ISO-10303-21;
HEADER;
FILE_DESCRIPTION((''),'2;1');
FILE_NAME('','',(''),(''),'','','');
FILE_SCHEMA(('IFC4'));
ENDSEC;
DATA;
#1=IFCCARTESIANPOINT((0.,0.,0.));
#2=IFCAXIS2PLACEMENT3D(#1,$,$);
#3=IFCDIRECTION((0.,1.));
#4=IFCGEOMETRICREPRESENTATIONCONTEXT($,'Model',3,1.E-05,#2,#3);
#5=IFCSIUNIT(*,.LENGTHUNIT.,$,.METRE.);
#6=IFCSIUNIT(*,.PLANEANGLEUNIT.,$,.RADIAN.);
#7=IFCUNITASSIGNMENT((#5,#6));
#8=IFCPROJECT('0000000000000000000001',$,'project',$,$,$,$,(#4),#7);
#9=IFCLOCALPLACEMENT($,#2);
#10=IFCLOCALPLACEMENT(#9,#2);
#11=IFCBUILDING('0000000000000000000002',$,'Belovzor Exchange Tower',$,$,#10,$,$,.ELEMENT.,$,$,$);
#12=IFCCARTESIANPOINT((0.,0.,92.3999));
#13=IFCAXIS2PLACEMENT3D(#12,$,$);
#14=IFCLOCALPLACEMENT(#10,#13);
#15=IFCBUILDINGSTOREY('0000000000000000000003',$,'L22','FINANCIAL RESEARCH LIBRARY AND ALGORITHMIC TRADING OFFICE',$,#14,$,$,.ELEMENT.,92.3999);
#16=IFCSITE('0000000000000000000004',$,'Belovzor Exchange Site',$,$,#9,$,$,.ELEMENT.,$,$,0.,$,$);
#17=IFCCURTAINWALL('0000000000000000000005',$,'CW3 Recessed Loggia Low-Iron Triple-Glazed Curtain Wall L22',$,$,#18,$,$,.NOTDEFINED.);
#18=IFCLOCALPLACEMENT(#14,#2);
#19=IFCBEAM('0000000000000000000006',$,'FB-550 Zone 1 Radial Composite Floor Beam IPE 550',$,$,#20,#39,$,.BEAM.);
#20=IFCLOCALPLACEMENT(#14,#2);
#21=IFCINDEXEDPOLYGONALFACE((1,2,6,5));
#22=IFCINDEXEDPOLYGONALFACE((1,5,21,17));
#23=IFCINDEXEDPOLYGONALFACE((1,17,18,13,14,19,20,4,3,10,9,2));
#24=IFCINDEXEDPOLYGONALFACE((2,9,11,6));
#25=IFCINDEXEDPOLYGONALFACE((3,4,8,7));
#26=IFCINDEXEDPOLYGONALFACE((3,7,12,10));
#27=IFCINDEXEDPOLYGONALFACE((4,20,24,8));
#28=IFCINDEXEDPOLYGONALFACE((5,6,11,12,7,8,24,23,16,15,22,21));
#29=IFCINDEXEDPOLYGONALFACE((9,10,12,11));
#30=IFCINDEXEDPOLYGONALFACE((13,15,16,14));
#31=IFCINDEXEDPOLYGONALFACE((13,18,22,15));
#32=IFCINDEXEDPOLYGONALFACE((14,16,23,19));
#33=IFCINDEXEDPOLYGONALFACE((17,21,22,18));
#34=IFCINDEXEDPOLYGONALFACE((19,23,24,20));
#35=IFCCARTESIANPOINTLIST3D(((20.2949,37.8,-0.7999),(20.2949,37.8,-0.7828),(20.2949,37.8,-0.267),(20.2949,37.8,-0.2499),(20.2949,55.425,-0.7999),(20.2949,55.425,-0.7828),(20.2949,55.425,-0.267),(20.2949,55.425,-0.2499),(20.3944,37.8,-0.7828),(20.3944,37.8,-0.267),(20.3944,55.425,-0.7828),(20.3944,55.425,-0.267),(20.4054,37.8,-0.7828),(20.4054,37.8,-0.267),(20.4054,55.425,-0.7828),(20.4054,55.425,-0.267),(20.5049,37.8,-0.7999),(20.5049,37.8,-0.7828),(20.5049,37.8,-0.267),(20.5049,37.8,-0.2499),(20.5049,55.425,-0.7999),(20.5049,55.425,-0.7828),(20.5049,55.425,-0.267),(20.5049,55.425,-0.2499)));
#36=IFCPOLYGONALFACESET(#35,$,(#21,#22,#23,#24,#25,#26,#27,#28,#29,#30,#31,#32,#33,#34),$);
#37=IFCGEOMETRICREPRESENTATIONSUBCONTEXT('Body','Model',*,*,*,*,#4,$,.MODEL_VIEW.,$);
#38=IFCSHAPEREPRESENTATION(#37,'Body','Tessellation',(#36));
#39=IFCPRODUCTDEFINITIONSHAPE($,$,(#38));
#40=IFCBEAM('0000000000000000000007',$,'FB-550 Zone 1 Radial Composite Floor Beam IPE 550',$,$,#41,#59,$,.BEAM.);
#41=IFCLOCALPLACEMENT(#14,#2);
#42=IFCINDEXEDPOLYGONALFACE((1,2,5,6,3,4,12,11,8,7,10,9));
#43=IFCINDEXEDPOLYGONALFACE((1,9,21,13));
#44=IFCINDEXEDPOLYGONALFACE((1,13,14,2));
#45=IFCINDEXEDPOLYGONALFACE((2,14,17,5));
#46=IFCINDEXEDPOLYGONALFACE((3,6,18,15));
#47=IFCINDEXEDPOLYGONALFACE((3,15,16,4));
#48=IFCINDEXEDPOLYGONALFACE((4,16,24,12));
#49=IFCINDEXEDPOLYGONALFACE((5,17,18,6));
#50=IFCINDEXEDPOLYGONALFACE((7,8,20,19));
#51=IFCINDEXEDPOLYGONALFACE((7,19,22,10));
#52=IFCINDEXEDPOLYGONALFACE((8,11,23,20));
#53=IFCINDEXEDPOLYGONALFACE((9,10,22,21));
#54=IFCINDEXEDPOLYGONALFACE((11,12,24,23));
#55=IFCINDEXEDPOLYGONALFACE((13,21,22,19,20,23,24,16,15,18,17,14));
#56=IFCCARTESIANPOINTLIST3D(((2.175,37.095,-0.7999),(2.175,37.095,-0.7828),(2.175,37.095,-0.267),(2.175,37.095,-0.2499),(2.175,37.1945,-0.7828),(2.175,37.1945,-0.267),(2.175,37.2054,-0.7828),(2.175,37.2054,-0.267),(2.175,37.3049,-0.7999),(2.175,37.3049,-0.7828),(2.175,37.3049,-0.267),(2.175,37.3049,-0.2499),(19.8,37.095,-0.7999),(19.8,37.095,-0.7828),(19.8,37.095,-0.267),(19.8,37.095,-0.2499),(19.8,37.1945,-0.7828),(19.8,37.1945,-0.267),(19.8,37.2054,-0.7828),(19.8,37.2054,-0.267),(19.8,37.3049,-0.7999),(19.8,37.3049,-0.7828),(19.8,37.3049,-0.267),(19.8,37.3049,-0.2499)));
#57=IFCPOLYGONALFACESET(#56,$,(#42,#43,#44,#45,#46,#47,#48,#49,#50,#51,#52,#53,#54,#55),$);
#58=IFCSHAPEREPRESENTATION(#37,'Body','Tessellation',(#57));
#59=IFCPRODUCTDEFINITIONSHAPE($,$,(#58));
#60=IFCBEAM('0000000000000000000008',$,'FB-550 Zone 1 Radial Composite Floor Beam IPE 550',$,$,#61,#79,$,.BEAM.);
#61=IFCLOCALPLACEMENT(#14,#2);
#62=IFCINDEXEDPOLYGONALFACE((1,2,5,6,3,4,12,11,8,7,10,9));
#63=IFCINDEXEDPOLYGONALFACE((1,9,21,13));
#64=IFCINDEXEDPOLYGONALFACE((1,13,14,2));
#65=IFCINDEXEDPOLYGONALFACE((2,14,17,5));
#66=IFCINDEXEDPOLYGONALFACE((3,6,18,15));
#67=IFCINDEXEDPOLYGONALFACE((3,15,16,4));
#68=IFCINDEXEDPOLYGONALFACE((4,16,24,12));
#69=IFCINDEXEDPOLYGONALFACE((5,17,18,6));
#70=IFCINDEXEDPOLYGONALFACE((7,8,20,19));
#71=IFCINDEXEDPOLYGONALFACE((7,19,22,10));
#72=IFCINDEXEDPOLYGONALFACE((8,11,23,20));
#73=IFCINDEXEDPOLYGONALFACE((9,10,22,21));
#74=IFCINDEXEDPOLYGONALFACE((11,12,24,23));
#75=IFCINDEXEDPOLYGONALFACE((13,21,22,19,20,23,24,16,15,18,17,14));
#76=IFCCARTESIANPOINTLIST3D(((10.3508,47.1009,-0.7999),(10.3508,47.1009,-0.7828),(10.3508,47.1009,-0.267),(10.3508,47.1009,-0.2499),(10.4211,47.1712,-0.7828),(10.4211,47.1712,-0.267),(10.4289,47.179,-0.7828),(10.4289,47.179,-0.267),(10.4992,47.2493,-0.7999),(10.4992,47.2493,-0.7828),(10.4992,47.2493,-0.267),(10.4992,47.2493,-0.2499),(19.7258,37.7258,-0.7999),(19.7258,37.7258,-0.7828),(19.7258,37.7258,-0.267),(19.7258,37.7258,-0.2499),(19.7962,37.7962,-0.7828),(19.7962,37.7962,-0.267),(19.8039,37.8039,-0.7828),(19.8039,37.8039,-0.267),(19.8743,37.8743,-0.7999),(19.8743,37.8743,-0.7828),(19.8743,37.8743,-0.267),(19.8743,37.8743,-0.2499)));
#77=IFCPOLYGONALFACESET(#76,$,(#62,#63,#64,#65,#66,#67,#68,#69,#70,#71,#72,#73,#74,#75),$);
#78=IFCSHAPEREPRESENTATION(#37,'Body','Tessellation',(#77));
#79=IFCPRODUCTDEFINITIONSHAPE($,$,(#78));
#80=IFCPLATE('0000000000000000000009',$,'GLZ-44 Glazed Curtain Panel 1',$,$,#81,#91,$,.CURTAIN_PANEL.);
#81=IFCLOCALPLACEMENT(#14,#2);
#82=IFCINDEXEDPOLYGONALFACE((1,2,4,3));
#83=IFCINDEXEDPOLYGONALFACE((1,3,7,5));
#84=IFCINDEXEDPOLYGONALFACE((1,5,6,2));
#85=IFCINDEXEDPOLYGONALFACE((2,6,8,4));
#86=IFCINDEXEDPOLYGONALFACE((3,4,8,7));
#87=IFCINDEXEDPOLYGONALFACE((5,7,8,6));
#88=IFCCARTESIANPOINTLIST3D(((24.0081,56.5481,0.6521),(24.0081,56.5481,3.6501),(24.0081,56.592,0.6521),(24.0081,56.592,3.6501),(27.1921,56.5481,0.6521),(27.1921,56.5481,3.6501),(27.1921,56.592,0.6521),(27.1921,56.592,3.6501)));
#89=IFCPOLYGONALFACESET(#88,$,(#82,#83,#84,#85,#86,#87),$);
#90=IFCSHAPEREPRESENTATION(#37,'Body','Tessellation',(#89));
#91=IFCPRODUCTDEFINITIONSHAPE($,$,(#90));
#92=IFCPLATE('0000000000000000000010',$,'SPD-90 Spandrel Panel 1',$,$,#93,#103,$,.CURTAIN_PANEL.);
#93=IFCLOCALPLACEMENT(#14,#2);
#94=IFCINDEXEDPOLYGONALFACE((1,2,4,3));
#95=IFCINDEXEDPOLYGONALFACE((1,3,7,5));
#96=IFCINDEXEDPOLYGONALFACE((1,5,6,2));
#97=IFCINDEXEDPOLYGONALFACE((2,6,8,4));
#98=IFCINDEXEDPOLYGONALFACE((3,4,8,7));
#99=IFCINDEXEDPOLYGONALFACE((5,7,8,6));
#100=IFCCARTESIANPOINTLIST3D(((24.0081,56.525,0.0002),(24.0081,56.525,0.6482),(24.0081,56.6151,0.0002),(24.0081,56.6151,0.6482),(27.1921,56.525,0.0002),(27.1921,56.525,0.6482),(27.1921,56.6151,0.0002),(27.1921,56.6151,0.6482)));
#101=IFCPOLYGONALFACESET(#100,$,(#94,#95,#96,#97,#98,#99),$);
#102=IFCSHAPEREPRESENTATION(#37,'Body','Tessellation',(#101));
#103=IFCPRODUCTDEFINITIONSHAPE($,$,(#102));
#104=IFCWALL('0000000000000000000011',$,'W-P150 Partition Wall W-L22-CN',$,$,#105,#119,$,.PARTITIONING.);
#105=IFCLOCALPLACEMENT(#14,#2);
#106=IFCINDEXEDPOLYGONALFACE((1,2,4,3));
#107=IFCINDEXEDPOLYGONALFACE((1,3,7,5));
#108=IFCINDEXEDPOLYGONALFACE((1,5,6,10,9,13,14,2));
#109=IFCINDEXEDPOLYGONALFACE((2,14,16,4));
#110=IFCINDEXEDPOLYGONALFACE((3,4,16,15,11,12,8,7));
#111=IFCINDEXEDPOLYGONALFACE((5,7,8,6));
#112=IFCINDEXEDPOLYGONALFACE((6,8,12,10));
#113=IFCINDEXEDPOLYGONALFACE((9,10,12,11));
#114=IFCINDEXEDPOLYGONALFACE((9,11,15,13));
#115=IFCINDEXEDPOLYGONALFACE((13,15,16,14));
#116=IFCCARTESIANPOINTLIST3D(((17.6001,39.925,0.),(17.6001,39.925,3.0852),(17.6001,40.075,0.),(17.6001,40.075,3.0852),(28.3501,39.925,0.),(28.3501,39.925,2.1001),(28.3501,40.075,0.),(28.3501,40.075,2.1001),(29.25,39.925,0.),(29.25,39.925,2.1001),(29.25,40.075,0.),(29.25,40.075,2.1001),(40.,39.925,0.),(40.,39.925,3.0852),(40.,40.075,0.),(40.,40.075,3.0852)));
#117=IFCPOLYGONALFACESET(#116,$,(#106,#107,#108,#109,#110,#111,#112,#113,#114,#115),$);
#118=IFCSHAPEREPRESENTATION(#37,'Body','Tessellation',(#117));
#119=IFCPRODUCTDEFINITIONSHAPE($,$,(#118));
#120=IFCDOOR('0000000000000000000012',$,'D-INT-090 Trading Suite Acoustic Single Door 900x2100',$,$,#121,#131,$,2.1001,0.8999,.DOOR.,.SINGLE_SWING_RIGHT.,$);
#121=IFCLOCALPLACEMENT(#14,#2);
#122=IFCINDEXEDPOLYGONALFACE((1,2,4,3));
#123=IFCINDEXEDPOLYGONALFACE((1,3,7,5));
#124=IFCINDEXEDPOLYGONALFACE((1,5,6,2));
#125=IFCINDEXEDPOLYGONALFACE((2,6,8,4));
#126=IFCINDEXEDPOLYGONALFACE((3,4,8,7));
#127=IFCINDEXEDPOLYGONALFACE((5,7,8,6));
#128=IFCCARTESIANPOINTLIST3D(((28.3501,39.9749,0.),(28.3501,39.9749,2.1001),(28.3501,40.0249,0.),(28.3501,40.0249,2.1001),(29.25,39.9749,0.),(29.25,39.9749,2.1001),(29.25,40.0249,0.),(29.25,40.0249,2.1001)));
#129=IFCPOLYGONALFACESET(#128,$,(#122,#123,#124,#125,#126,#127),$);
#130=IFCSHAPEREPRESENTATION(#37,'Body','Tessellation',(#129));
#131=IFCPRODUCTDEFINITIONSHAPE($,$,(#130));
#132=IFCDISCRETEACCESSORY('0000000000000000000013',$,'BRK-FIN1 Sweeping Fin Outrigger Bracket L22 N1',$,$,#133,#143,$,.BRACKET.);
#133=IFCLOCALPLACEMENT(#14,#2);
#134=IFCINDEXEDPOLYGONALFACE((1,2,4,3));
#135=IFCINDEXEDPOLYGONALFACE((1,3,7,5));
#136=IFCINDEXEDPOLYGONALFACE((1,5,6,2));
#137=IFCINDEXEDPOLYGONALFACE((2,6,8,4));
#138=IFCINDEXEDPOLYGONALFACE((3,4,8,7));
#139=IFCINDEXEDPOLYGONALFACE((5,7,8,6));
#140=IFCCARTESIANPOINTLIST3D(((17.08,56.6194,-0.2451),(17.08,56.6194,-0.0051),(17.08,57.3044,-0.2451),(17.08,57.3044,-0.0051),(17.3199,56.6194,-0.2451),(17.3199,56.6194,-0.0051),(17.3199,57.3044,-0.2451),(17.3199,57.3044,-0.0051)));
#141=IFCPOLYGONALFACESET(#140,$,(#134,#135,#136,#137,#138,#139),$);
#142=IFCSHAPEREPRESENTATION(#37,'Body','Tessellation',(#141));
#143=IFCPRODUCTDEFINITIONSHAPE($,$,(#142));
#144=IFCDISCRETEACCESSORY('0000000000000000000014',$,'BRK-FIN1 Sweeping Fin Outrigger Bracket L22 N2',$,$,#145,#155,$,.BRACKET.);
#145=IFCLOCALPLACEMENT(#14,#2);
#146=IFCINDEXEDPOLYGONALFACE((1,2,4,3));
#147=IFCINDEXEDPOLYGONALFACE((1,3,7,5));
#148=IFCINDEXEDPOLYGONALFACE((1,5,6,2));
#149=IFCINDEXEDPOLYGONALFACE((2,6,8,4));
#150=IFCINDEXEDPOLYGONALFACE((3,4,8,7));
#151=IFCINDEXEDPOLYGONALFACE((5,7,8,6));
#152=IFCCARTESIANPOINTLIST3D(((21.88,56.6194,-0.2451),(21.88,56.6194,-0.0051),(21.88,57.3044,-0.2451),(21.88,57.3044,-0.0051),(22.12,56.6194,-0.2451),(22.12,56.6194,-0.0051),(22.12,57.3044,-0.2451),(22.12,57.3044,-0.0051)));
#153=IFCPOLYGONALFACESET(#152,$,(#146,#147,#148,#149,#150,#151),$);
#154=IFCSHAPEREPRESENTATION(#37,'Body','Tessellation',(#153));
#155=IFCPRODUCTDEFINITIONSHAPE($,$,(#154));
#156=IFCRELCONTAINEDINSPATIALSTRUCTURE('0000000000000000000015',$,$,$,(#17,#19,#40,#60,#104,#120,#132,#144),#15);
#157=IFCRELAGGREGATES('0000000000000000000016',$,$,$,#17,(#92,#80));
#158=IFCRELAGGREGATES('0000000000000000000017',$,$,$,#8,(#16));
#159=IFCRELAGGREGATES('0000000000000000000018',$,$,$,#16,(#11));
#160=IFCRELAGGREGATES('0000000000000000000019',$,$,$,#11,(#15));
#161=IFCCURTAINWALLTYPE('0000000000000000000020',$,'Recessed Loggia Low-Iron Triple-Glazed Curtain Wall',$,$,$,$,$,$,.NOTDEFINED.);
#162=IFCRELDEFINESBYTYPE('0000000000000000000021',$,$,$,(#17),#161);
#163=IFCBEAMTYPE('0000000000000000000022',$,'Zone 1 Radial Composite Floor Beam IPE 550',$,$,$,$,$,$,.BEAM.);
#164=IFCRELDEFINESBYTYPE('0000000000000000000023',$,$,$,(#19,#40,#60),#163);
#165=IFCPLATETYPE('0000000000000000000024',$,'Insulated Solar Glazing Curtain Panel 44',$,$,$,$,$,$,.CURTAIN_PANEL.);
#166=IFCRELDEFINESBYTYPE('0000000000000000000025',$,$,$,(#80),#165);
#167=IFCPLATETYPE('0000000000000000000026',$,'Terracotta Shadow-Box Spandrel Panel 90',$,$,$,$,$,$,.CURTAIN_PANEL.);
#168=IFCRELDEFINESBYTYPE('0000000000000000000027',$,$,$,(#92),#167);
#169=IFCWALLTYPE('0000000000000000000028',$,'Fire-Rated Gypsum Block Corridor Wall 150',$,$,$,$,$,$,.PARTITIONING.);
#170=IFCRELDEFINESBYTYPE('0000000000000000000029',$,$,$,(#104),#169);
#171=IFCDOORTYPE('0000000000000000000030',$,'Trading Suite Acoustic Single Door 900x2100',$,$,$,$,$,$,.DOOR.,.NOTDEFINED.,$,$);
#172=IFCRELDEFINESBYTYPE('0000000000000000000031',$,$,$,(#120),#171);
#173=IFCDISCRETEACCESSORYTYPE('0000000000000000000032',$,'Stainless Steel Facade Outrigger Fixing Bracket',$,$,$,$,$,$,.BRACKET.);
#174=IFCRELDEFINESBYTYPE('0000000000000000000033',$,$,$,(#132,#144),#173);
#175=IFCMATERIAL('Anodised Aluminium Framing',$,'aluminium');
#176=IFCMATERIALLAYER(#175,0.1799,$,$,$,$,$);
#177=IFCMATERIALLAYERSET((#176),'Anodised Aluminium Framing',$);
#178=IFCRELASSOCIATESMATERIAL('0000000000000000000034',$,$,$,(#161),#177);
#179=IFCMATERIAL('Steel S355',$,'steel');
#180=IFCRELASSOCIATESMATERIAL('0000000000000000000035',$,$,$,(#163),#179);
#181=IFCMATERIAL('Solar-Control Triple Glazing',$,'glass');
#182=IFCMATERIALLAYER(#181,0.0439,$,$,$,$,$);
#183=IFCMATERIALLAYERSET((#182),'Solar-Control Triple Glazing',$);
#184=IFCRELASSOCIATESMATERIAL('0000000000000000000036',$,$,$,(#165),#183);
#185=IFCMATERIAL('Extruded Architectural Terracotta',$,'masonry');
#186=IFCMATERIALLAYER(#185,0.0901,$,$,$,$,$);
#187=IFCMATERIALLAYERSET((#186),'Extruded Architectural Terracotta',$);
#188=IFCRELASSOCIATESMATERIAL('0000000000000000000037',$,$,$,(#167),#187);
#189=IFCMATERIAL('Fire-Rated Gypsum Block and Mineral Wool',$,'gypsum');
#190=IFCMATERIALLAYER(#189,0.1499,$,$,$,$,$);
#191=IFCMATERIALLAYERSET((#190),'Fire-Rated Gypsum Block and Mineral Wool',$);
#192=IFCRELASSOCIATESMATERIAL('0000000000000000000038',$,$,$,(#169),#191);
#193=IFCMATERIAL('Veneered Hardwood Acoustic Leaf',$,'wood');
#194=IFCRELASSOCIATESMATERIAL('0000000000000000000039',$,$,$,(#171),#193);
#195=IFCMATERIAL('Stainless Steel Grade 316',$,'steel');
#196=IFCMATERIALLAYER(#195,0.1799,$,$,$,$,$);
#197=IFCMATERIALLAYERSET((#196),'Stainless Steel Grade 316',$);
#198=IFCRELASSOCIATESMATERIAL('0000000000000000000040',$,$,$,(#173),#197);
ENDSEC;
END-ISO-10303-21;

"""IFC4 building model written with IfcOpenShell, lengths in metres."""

from ifc_helpers import new_model, si_unit, direction, frame, frame_2d, origin, origin_2d, place, context, subcontext, project, spatial, rectangle, i_section, extrude, material, layer, layer_set, material_profile, profile_set, type_object, element, fill, aggregate, save


model = new_model("IFC4")

# Units and contexts
model_context = context("Model", 3, precision=1e-05, world=origin(), true_north=direction((0.0, 1.0)))
body_context = subcontext(model_context, "Body", "Model", "MODEL_VIEW")
ifc_project = project(units=[si_unit("LENGTHUNIT", "METRE"), si_unit("PLANEANGLEUNIT", "RADIAN")], contexts=[model_context])

# Site, building, storey
site_placement = place(None, origin())
site = spatial("IfcSite", under=ifc_project, at=site_placement, Name="Belovzor Exchange Site", CompositionType="ELEMENT", RefElevation=0.0)
building_placement = place(site_placement, origin())
building = spatial("IfcBuilding", under=site, at=building_placement, Name="Belovzor Exchange Tower", CompositionType="ELEMENT")
storey_placement = place(building_placement, frame((0.0, 0.0, 92.3999)))
storey = spatial("IfcBuildingStorey", under=building, at=storey_placement, Name="L22", Description="FINANCIAL RESEARCH LIBRARY AND ALGORITHMIC TRADING OFFICE", CompositionType="ELEMENT", Elevation=92.3999)

# Curtain wall
ifc_material_1 = material(Name="Anodised Aluminium Framing", Category="aluminium")
ifc_layer_1 = layer(ifc_material_1, 0.1799)
ifc_layer_set_1 = layer_set([ifc_layer_1], Name="Anodised Aluminium Framing")
curtain_wall_type = type_object("IfcCurtainWallType", Name="Recessed Loggia Low-Iron Triple-Glazed Curtain Wall", PredefinedType="NOTDEFINED", material=ifc_layer_set_1)
curtain_wall_placement = place(storey_placement, origin())
curtain_wall = element("IfcCurtainWall", 1, at=curtain_wall_placement, inside=storey, type_object=curtain_wall_type, Name="CW3 Recessed Loggia Low-Iron Triple-Glazed Curtain Wall L22", PredefinedType="NOTDEFINED")

# Beams
ifc_material_2 = material(Name="Steel S355", Category="steel")
ifc_material_profile_1 = material_profile(ifc_material_2, i_section(OverallWidth=0.21, OverallDepth=0.55, WebThickness=0.011, FlangeThickness=0.0171, at=origin_2d()))
ifc_profile_set_1 = profile_set([ifc_material_profile_1], Name="Steel S355")
beam_type_1 = type_object("IfcBeamType", Name="Zone 1 Radial Composite Floor Beam IPE 550", PredefinedType="BEAM", material=ifc_profile_set_1)
for number, where, z_axis, x_axis, name in (
    (2, (20.3999, 37.8, -0.5249), (0.0, 1.0, 0.0), (-1.0, 0.0, 0.0), "FB-550 Zone 1 Radial Composite Floor Beam IPE 550"),
    (3, (19.8, 37.2, -0.5249), (-1.0, 0.0, 0.0), (0.0, -1.0, 0.0), "FB-550 Zone 1 Radial Composite Floor Beam IPE 550"),
):
    element("IfcBeam", number, at=place(storey_placement, frame(where, z_axis=z_axis, x_axis=x_axis)), inside=storey, type_object=beam_type_1, Name=name, PredefinedType="BEAM", context=body_context, shape_type="SweptSolid", body=[
        extrude(i_section(OverallWidth=0.21, OverallDepth=0.55, WebThickness=0.011, FlangeThickness=0.0171, at=origin_2d()), origin(), (0.0, 0.0, 1.0), 17.625),
    ])
beam_1_placement = place(storey_placement, frame((19.8, 37.8, -0.5249), z_axis=(-0.707107, 0.707107, 0.0), x_axis=(-0.707107, -0.707107, 0.0)))
element("IfcBeam", 4, at=beam_1_placement, inside=storey, type_object=beam_type_1, Name="FB-550 Zone 1 Radial Composite Floor Beam IPE 550", PredefinedType="BEAM", context=body_context, shape_type="SweptSolid", body=[
    extrude(i_section(OverallWidth=0.21, OverallDepth=0.55, WebThickness=0.011, FlangeThickness=0.0171, at=origin_2d()), origin(), (0.0, 0.0, 1.0), 13.2583),
])

# Plates
ifc_material_3 = material(Name="Solar-Control Triple Glazing", Category="glass")
ifc_layer_2 = layer(ifc_material_3, 0.0439)
ifc_layer_set_2 = layer_set([ifc_layer_2], Name="Solar-Control Triple Glazing")
plate_type_1 = type_object("IfcPlateType", Name="Insulated Solar Glazing Curtain Panel 44", PredefinedType="CURTAIN_PANEL", material=ifc_layer_set_2)
plate_1_placement = place(storey_placement, frame((25.6001, 56.5701, 0.6521), z_axis=(0.0, 0.0, 1.0), x_axis=(1.0, 0.0, 0.0)))
plate_1 = element("IfcPlate", 5, at=plate_1_placement, type_object=plate_type_1, Name="GLZ-44 Glazed Curtain Panel 1", PredefinedType="CURTAIN_PANEL", context=body_context, shape_type="SweptSolid", body=[
    extrude(rectangle(XDim=3.1841, YDim=0.0439, at=origin_2d()), origin(), (0.0, 0.0, 1.0), 2.998),
])
ifc_material_4 = material(Name="Extruded Architectural Terracotta", Category="masonry")
ifc_layer_3 = layer(ifc_material_4, 0.0901)
ifc_layer_set_3 = layer_set([ifc_layer_3], Name="Extruded Architectural Terracotta")
plate_type_2 = type_object("IfcPlateType", Name="Terracotta Shadow-Box Spandrel Panel 90", PredefinedType="CURTAIN_PANEL", material=ifc_layer_set_3)
plate_2_placement = place(storey_placement, frame((25.6001, 56.5701, 0.0002), z_axis=(0.0, 0.0, 1.0), x_axis=(1.0, 0.0, 0.0)))
plate_2 = element("IfcPlate", 6, at=plate_2_placement, type_object=plate_type_2, Name="SPD-90 Spandrel Panel 1", PredefinedType="CURTAIN_PANEL", context=body_context, shape_type="SweptSolid", body=[
    extrude(rectangle(XDim=3.1841, YDim=0.0901, at=origin_2d()), origin(), (0.0, 0.0, 1.0), 0.6479),
])
aggregate(curtain_wall, [plate_2, plate_1])

# Wall, opening, door
ifc_material_5 = material(Name="Fire-Rated Gypsum Block and Mineral Wool", Category="gypsum")
ifc_layer_4 = layer(ifc_material_5, 0.1499)
ifc_layer_set_4 = layer_set([ifc_layer_4], Name="Fire-Rated Gypsum Block and Mineral Wool")
wall_type_1 = type_object("IfcWallType", Name="Fire-Rated Gypsum Block Corridor Wall 150", PredefinedType="PARTITIONING", material=ifc_layer_set_4)
wall_1_placement = place(storey_placement, frame((17.6001, 40.0, 0.0), z_axis=(0.0, 0.0, 1.0), x_axis=(1.0, 0.0, 0.0)))
wall_1 = element("IfcWall", 7, at=wall_1_placement, inside=storey, type_object=wall_type_1, Name="W-P150 Partition Wall W-L22-CN", PredefinedType="PARTITIONING", context=body_context, shape_type="SweptSolid", body=[
    extrude(rectangle(XDim=22.3999, YDim=0.1499, at=frame_2d((11.2, 0.0))), origin(), (0.0, 0.0, 1.0), 3.0852),
])
opening_1_placement = place(wall_1_placement, frame((10.75, 0.0, 0.0)))
opening_1 = element("IfcOpeningElement", 8, at=opening_1_placement, cuts=wall_1, PredefinedType="OPENING", context=body_context, shape_type="SweptSolid", body=[
    extrude(rectangle(XDim=0.8999, YDim=2.1001, at=frame_2d((0.45, 1.05))), frame((0.0, 0.085, 0.0), z_axis=(0.0, -1.0, 0.0), x_axis=(1.0, 0.0, 0.0)), (0.0, 0.0, 1.0), 0.1699),
])
ifc_material_6 = material(Name="Veneered Hardwood Acoustic Leaf", Category="wood")
door_type_1 = type_object("IfcDoorType", Name="Trading Suite Acoustic Single Door 900x2100", OperationType="NOTDEFINED", PredefinedType="DOOR", material=ifc_material_6)
door_1_placement = place(opening_1_placement, origin())
door_1 = element("IfcDoor", 9, at=door_1_placement, inside=storey, type_object=door_type_1, Name="D-INT-090 Trading Suite Acoustic Single Door 900x2100", OperationType="SINGLE_SWING_RIGHT", OverallHeight=2.1001, OverallWidth=0.8999, PredefinedType="DOOR", context=body_context, shape_type="SweptSolid", body=[
    extrude(rectangle(XDim=0.8999, YDim=2.1001, at=frame_2d((0.45, 1.05))), frame((0.0, 0.0249, 0.0), z_axis=(0.0, -1.0, 0.0), x_axis=(1.0, 0.0, 0.0)), (0.0, 0.0, 1.0), 0.05),
])
fill(opening_1, door_1)

# Discrete accessories
ifc_material_7 = material(Name="Stainless Steel Grade 316", Category="steel")
ifc_layer_5 = layer(ifc_material_7, 0.1799)
ifc_layer_set_5 = layer_set([ifc_layer_5], Name="Stainless Steel Grade 316")
discrete_accessory_type = type_object("IfcDiscreteAccessoryType", Name="Stainless Steel Facade Outrigger Fixing Bracket", PredefinedType="BRACKET", material=ifc_layer_set_5)
for number, where, z_axis, x_axis, name in (
    (10, (17.2, 56.9619, -0.2451), (0.0, 0.0, 1.0), (0.0, 1.0, 0.0), "BRK-FIN1 Sweeping Fin Outrigger Bracket L22 N1"),
    (11, (22.0, 56.9619, -0.2451), (0.0, 0.0, 1.0), (0.0, 1.0, 0.0), "BRK-FIN1 Sweeping Fin Outrigger Bracket L22 N2"),
):
    element("IfcDiscreteAccessory", number, at=place(storey_placement, frame(where, z_axis=z_axis, x_axis=x_axis)), inside=storey, type_object=discrete_accessory_type, Name=name, PredefinedType="BRACKET", context=body_context, shape_type="SweptSolid", body=[
        extrude(rectangle(XDim=0.6851, YDim=0.24, at=origin_2d()), origin(), (0.0, 0.0, 1.0), 0.24),
    ])

save(model, "model.ifc")
